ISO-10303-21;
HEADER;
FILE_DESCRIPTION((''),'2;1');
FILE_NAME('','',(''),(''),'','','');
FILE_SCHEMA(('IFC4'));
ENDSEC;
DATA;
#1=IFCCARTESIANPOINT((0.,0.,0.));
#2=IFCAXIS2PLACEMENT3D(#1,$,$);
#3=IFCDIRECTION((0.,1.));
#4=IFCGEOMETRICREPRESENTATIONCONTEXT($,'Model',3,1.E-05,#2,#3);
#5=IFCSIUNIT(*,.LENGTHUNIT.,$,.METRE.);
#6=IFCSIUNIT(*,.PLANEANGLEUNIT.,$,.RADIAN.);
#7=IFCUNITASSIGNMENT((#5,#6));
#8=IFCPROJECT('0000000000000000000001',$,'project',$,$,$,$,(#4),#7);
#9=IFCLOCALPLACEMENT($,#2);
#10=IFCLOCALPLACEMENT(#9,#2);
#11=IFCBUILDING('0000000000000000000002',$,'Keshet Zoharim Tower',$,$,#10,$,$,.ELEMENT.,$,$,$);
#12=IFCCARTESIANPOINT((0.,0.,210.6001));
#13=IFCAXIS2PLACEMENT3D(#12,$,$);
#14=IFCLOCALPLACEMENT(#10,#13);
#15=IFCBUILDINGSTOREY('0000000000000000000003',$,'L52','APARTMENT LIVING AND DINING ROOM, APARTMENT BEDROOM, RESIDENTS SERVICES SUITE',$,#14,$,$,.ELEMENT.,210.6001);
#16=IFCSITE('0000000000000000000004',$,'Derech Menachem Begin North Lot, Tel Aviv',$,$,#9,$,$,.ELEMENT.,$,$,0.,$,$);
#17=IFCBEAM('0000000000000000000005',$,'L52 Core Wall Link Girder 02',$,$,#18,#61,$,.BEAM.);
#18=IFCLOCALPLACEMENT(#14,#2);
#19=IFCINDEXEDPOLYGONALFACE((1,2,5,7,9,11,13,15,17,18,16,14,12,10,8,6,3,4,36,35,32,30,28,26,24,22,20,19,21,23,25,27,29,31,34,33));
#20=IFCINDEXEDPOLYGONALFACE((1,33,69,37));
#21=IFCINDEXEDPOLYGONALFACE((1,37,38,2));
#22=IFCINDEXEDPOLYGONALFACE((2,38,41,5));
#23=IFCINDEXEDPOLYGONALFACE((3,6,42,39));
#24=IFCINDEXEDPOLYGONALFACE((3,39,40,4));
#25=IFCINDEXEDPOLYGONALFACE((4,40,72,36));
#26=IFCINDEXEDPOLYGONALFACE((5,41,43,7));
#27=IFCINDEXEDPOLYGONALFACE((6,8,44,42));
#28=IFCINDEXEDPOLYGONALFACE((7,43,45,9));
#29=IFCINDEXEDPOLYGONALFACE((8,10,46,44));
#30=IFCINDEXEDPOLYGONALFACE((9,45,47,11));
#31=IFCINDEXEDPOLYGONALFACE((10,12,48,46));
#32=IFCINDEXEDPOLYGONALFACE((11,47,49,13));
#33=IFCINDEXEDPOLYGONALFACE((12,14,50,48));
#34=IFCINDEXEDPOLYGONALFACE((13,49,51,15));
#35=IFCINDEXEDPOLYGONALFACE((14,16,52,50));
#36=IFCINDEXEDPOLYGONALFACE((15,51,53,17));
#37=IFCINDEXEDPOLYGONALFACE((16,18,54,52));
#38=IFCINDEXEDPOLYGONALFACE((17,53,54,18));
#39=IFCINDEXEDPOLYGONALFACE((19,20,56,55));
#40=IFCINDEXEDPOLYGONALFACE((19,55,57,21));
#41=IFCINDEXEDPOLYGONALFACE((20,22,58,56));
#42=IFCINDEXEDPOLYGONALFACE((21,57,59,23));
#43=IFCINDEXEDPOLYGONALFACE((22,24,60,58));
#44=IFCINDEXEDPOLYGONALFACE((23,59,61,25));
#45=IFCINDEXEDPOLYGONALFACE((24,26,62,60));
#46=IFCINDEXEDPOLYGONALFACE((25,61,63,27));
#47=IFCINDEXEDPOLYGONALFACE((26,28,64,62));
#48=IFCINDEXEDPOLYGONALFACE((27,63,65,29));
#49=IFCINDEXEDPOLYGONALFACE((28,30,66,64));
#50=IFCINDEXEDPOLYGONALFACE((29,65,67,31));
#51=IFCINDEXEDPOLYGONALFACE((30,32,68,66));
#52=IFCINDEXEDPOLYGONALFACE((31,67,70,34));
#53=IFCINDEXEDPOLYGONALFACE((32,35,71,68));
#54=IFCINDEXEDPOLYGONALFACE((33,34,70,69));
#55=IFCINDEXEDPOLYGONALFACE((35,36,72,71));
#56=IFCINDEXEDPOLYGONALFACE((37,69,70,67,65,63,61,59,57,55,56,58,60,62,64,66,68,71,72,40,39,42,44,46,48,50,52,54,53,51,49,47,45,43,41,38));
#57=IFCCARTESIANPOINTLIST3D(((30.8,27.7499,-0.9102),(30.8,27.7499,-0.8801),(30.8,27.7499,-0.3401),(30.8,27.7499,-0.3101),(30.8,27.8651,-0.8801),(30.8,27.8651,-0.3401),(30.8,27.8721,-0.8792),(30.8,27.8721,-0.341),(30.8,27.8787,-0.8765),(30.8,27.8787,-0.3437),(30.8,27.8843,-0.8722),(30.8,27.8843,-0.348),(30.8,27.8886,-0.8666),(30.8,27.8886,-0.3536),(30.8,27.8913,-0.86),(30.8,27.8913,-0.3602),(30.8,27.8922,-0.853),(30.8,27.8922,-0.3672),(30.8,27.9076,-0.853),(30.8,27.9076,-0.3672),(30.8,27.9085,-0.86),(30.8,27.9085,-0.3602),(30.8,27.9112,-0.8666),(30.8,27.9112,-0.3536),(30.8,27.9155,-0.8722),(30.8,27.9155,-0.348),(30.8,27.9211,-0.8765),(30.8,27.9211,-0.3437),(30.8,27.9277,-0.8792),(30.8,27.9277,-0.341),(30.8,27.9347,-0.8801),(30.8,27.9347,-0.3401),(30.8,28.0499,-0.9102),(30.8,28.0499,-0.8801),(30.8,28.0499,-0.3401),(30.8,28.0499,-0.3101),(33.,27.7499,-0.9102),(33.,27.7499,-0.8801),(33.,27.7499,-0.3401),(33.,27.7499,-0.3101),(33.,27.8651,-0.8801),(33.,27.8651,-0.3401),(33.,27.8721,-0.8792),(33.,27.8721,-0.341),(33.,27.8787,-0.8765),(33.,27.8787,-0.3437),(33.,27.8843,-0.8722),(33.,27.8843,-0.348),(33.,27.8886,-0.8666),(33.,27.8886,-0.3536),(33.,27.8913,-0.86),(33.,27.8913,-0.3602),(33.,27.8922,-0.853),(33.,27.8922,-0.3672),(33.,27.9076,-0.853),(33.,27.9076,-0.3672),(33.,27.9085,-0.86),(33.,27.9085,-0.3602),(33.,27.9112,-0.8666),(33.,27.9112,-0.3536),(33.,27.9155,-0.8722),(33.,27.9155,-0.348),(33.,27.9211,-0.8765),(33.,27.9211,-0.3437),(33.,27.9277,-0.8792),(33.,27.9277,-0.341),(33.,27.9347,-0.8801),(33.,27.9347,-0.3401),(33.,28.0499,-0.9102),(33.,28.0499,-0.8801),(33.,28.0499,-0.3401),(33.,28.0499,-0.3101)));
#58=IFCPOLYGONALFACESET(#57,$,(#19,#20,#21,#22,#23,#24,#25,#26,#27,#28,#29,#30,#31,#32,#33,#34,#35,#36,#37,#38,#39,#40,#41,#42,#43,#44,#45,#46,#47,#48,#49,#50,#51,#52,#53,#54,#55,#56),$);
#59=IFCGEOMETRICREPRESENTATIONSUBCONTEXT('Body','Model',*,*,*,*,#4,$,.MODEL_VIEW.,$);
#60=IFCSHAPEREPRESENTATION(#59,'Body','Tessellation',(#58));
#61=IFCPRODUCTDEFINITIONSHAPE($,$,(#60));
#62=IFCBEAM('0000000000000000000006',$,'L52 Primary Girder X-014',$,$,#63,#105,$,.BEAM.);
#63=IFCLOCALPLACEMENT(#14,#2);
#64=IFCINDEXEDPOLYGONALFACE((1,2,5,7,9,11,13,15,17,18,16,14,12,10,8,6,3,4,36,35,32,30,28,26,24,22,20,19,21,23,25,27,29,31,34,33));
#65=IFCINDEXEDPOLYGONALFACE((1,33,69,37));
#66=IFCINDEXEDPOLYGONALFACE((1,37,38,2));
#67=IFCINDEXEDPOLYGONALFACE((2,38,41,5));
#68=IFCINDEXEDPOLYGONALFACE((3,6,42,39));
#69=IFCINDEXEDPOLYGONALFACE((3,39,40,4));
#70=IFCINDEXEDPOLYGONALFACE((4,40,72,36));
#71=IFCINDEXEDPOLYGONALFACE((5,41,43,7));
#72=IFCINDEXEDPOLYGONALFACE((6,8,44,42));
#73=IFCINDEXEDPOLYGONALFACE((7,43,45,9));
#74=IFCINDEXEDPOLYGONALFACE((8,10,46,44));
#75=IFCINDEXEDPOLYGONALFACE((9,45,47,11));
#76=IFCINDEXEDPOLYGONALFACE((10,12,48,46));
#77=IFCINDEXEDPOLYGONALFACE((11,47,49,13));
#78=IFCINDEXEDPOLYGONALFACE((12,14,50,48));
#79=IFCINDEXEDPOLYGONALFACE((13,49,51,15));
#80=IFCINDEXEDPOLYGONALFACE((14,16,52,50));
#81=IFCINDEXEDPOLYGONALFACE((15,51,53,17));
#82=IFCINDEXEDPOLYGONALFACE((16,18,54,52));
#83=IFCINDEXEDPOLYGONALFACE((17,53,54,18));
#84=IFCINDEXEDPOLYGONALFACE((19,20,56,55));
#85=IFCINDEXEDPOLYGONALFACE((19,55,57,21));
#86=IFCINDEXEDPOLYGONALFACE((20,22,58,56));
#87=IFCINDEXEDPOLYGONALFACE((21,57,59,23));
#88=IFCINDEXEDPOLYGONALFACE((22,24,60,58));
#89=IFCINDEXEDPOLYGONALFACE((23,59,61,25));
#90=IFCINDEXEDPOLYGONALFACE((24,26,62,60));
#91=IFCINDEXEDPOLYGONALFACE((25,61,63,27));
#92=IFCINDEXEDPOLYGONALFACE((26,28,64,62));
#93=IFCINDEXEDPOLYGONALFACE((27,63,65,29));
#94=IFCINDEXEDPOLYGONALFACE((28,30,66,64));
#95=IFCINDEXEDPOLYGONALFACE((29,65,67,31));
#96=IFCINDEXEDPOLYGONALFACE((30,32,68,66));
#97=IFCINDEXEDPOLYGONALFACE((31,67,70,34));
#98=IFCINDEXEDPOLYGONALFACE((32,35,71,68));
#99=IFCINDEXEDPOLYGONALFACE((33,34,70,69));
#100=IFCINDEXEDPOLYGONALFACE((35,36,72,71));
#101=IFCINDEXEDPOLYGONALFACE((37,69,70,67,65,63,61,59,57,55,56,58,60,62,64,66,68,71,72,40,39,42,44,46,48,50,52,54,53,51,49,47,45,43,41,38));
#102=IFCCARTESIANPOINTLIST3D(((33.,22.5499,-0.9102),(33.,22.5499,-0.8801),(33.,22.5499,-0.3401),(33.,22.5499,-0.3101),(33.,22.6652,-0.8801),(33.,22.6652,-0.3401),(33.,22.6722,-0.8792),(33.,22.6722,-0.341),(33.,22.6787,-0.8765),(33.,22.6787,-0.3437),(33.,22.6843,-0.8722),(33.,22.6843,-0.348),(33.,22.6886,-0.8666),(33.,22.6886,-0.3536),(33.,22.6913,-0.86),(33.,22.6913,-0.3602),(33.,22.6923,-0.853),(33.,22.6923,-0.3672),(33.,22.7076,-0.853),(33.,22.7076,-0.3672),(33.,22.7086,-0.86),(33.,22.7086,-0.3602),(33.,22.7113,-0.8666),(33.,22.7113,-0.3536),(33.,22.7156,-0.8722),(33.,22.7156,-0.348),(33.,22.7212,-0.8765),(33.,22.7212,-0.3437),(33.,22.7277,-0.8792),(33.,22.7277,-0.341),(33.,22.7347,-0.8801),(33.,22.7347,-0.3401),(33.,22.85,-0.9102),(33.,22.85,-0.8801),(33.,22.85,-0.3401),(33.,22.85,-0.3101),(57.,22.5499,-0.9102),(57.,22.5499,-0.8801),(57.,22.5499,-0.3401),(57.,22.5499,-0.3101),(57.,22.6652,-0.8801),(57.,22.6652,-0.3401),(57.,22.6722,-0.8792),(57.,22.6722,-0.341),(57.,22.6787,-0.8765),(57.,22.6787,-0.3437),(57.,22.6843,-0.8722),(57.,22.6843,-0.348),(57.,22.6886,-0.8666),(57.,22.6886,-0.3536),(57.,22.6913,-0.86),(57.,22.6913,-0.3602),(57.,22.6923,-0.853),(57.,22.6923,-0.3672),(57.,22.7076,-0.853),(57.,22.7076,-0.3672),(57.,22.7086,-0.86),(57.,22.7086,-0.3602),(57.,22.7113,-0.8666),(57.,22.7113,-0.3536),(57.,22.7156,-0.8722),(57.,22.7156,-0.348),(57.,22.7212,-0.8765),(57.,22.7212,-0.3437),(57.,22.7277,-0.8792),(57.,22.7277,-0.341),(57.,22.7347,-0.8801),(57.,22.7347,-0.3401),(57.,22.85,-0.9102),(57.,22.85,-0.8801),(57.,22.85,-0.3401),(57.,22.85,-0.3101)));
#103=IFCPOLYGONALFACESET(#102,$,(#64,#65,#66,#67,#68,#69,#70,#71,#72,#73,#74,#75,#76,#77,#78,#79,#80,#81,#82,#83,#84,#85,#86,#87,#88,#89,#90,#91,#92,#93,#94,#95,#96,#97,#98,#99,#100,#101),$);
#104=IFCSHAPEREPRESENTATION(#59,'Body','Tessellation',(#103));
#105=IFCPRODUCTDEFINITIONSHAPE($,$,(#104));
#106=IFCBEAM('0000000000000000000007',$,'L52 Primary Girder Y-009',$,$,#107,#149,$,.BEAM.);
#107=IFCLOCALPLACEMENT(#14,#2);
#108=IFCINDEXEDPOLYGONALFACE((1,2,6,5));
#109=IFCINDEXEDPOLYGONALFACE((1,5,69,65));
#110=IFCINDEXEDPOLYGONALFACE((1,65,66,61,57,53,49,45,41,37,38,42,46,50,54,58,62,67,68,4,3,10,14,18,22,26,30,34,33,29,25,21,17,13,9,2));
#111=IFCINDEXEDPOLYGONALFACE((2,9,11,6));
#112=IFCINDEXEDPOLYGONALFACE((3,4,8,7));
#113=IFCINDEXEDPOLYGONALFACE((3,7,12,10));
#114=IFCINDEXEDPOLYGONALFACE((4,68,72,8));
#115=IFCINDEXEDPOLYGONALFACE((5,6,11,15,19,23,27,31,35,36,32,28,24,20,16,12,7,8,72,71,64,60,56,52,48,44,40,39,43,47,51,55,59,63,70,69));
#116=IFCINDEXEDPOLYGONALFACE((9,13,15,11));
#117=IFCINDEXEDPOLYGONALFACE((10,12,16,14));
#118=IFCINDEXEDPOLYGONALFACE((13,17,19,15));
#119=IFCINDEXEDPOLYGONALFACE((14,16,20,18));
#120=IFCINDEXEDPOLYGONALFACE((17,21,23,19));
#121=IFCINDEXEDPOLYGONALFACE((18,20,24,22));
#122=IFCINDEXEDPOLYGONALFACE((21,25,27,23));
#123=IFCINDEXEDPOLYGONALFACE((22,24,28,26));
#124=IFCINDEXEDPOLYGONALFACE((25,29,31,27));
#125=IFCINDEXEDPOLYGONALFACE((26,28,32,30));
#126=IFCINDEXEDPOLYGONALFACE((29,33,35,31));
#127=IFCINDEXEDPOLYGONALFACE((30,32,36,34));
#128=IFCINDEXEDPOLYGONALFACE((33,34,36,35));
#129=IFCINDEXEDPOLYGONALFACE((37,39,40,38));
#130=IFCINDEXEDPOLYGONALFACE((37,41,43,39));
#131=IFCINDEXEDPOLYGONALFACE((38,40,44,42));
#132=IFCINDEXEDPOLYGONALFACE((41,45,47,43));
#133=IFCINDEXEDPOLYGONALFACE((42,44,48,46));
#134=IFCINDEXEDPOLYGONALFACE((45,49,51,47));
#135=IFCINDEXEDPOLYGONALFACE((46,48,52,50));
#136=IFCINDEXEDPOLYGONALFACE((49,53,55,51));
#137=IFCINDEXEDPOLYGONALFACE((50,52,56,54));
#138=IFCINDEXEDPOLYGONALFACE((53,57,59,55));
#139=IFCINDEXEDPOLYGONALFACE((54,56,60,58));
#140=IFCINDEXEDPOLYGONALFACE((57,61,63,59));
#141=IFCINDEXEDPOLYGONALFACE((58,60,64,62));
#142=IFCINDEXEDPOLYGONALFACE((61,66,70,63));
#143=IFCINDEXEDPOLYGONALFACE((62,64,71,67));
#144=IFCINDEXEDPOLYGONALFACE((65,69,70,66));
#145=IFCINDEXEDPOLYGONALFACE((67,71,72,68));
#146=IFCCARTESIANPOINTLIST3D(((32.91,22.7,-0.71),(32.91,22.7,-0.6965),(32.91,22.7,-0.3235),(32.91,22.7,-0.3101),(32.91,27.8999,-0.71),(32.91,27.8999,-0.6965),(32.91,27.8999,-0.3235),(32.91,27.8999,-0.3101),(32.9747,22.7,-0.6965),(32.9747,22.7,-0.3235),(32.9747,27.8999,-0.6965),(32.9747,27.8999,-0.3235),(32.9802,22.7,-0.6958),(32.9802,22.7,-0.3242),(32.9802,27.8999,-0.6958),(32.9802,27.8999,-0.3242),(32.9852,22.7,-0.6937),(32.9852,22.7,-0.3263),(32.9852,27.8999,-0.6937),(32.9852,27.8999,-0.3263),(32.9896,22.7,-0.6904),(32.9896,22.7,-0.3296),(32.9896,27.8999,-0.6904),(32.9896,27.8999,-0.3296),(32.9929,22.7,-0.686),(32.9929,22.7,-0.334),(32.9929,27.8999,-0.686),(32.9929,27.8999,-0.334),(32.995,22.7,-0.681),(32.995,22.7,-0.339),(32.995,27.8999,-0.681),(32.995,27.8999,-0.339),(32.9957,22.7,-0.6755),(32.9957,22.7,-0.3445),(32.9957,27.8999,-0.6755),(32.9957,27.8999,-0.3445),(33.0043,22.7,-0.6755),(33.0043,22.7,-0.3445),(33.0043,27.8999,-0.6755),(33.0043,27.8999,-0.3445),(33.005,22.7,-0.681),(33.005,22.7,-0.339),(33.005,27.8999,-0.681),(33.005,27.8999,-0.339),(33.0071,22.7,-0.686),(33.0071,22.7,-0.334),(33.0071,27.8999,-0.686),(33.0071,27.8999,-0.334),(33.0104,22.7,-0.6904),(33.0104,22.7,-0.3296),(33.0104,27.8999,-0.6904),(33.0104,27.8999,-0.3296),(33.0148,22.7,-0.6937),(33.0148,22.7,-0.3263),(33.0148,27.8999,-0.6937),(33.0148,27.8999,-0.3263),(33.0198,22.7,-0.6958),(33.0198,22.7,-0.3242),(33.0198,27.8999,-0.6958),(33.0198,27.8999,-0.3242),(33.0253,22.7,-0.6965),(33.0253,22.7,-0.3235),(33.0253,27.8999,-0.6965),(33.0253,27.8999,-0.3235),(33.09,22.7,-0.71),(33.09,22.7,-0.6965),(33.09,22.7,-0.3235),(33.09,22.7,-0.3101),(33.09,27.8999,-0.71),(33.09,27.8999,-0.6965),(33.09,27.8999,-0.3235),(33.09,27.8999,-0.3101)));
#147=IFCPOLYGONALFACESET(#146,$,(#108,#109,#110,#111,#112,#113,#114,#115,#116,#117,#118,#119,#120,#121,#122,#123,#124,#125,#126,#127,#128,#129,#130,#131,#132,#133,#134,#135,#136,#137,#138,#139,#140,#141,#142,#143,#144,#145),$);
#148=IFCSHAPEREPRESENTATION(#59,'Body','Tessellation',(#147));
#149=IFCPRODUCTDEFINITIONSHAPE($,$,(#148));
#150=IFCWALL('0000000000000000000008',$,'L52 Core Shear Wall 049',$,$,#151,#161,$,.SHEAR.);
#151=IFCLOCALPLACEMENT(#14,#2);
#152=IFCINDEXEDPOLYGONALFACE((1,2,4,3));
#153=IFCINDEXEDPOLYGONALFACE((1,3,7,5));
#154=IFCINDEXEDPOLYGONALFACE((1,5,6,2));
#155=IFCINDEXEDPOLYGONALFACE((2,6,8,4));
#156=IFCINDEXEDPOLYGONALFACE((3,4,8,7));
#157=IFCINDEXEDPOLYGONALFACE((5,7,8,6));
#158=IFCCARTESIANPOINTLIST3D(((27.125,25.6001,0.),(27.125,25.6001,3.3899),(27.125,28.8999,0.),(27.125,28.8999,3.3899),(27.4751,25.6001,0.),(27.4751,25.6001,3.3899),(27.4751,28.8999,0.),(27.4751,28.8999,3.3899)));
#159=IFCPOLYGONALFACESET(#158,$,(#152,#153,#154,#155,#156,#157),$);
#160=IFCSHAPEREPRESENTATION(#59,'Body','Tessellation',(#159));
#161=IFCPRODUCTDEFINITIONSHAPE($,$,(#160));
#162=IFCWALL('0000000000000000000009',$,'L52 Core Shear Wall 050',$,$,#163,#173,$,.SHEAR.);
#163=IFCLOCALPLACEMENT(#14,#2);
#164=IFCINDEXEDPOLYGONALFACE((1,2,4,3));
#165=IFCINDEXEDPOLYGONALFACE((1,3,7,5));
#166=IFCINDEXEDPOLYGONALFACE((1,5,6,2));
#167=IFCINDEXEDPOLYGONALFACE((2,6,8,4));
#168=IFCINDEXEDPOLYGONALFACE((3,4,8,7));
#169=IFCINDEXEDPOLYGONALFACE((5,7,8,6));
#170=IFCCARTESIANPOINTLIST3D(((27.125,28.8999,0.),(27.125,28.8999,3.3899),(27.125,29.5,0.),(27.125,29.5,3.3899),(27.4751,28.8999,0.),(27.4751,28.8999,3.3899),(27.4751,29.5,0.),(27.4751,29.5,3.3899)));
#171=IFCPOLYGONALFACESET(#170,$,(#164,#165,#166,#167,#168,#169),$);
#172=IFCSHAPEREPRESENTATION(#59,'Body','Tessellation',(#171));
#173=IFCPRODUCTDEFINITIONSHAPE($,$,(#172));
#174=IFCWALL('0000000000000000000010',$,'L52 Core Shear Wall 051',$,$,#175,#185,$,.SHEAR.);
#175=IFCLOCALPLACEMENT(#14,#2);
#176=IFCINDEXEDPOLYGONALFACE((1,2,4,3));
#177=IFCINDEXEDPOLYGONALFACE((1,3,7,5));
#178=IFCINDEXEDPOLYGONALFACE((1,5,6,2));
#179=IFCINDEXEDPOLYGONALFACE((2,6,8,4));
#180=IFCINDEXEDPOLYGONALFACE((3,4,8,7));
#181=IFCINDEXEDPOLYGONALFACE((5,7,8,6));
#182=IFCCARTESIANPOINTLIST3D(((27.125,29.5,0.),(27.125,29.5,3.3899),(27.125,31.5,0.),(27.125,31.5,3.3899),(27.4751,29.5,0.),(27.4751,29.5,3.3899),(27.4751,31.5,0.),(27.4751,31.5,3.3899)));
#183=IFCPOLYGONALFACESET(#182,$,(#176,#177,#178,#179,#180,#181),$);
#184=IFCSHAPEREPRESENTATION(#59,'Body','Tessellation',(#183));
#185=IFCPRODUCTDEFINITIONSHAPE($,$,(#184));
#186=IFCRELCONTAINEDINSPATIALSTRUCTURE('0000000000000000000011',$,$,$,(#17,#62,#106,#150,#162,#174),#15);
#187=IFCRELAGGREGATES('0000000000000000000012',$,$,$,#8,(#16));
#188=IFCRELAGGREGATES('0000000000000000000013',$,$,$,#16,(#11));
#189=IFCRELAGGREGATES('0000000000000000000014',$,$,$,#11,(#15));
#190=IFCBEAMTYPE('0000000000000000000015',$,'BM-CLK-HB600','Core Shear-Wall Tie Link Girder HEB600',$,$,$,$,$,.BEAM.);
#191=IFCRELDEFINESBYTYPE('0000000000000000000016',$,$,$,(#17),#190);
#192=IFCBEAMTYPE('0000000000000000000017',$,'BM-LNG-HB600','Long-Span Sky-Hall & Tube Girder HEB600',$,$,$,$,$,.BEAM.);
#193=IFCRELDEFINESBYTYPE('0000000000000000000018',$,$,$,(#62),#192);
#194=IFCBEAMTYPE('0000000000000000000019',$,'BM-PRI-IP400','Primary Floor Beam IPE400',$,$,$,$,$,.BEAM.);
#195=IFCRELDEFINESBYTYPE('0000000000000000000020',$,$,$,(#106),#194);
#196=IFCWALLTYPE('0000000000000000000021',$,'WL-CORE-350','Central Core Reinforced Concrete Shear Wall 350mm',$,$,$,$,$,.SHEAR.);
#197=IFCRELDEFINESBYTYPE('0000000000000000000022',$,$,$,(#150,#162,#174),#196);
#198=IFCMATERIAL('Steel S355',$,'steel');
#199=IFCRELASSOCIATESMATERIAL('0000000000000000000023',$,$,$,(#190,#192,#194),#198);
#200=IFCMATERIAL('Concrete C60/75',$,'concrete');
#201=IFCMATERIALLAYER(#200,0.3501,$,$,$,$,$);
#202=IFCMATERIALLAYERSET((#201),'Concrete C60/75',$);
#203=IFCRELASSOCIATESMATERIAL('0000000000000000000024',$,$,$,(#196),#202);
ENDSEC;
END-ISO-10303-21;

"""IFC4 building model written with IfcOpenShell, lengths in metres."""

from ifc_helpers import new_model, si_unit, direction, frame, frame_2d, origin, origin_2d, place, context, subcontext, project, spatial, rectangle, i_section, extrude, material, layer, layer_set, material_profile, profile_set, type_object, element, save


model = new_model("IFC4")

# Units and contexts
model_context = context("Model", 3, precision=1e-05, world=origin(), true_north=direction((0.0, 1.0)))
body_context = subcontext(model_context, "Body", "Model", "MODEL_VIEW")
ifc_project = project(units=[si_unit("LENGTHUNIT", "METRE"), si_unit("PLANEANGLEUNIT", "RADIAN")], contexts=[model_context])

# Site, building, storey
site_placement = place(None, origin())
site = spatial("IfcSite", under=ifc_project, at=site_placement, Name="Derech Menachem Begin North Lot, Tel Aviv", CompositionType="ELEMENT", RefElevation=0.0)
building_placement = place(site_placement, origin())
building = spatial("IfcBuilding", under=site, at=building_placement, Name="Keshet Zoharim Tower", CompositionType="ELEMENT")
storey_placement = place(building_placement, frame((0.0, 0.0, 210.6001)))
storey = spatial("IfcBuildingStorey", under=building, at=storey_placement, Name="L52", Description="APARTMENT LIVING AND DINING ROOM, APARTMENT BEDROOM, RESIDENTS SERVICES SUITE", CompositionType="ELEMENT", Elevation=210.6001)

# Beams
ifc_material_1 = material(Name="Steel S355", Category="steel")
ifc_material_profile_1 = material_profile(ifc_material_1, i_section(OverallWidth=0.3, OverallDepth=0.6001, WebThickness=0.0154, FlangeThickness=0.03, FilletRadius=0.0271, at=origin_2d()), Name="HEB600")
ifc_profile_set_1 = profile_set([ifc_material_profile_1], Name="Steel S355")
beam_type_1 = type_object("IfcBeamType", Name="BM-CLK-HB600", Description="Core Shear-Wall Tie Link Girder HEB600", PredefinedType="BEAM", material=ifc_profile_set_1)
beam_1_placement = place(storey_placement, frame((30.8, 27.8999, -0.6101), z_axis=(1.0, 0.0, 0.0), x_axis=(0.0, 1.0, 0.0)))
element("IfcBeam", 1, at=beam_1_placement, inside=storey, type_object=beam_type_1, Name="L52 Core Wall Link Girder 02", PredefinedType="BEAM", context=body_context, shape_type="SweptSolid", body=[
    extrude(i_section(OverallWidth=0.3, OverallDepth=0.6001, WebThickness=0.0154, FlangeThickness=0.03, FilletRadius=0.0271, at=origin_2d()), origin(), (0.0, 0.0, 1.0), 2.2),
])
ifc_material_profile_2 = material_profile(ifc_material_1, i_section(OverallWidth=0.3, OverallDepth=0.6001, WebThickness=0.0154, FlangeThickness=0.03, FilletRadius=0.0271, at=origin_2d()), Name="HEB600")
ifc_profile_set_2 = profile_set([ifc_material_profile_2], Name="Steel S355")
beam_type_2 = type_object("IfcBeamType", Name="BM-LNG-HB600", Description="Long-Span Sky-Hall & Tube Girder HEB600", PredefinedType="BEAM", material=ifc_profile_set_2)
beam_2_placement = place(storey_placement, frame((33.0, 22.7, -0.6101), z_axis=(1.0, 0.0, 0.0), x_axis=(0.0, 1.0, 0.0)))
element("IfcBeam", 2, at=beam_2_placement, inside=storey, type_object=beam_type_2, Name="L52 Primary Girder X-014", PredefinedType="BEAM", context=body_context, shape_type="SweptSolid", body=[
    extrude(i_section(OverallWidth=0.3, OverallDepth=0.6001, WebThickness=0.0154, FlangeThickness=0.03, FilletRadius=0.0271, at=origin_2d()), origin(), (0.0, 0.0, 1.0), 24.0),
])
ifc_material_profile_3 = material_profile(ifc_material_1, i_section(OverallWidth=0.1799, OverallDepth=0.3999, WebThickness=0.0085, FlangeThickness=0.0134, FilletRadius=0.021, at=origin_2d()), Name="IPE400")
ifc_profile_set_3 = profile_set([ifc_material_profile_3], Name="Steel S355")
beam_type_3 = type_object("IfcBeamType", Name="BM-PRI-IP400", Description="Primary Floor Beam IPE400", PredefinedType="BEAM", material=ifc_profile_set_3)
beam_3_placement = place(storey_placement, frame((33.0, 22.7, -0.51), z_axis=(0.0, 1.0, 0.0), x_axis=(-1.0, 0.0, 0.0)))
element("IfcBeam", 3, at=beam_3_placement, inside=storey, type_object=beam_type_3, Name="L52 Primary Girder Y-009", PredefinedType="BEAM", context=body_context, shape_type="SweptSolid", body=[
    extrude(i_section(OverallWidth=0.1799, OverallDepth=0.3999, WebThickness=0.0085, FlangeThickness=0.0134, FilletRadius=0.021, at=origin_2d()), origin(), (0.0, 0.0, 1.0), 5.2),
])

# Walls
ifc_material_2 = material(Name="Concrete C60/75", Category="concrete")
ifc_layer_1 = layer(ifc_material_2, 0.3501)
ifc_layer_set_1 = layer_set([ifc_layer_1], Name="Concrete C60/75")
wall_type_1 = type_object("IfcWallType", Name="WL-CORE-350", Description="Central Core Reinforced Concrete Shear Wall 350mm", PredefinedType="SHEAR", material=ifc_layer_set_1)
wall_1_placement = place(storey_placement, frame((27.3, 25.6001, 0.0), z_axis=(0.0, 0.0, 1.0), x_axis=(0.0, 1.0, 0.0)))
element("IfcWall", 4, at=wall_1_placement, inside=storey, type_object=wall_type_1, Name="L52 Core Shear Wall 049", PredefinedType="SHEAR", context=body_context, shape_type="SweptSolid", body=[
    extrude(rectangle(XDim=3.2998, YDim=0.3501, at=frame_2d((1.6499, 0.0))), origin(), (0.0, 0.0, 1.0), 3.3899),
])
wall_2_placement = place(storey_placement, frame((27.3, 28.8999, 0.0), z_axis=(0.0, 0.0, 1.0), x_axis=(0.0, 1.0, 0.0)))
element("IfcWall", 5, at=wall_2_placement, inside=storey, type_object=wall_type_1, Name="L52 Core Shear Wall 050", PredefinedType="SHEAR", context=body_context, shape_type="SweptSolid", body=[
    extrude(rectangle(XDim=0.6001, YDim=0.3501, at=frame_2d((0.3, 0.0))), origin(), (0.0, 0.0, 1.0), 3.3899),
])
wall_3_placement = place(storey_placement, frame((27.3, 29.5, 0.0), z_axis=(0.0, 0.0, 1.0), x_axis=(0.0, 1.0, 0.0)))
element("IfcWall", 6, at=wall_3_placement, inside=storey, type_object=wall_type_1, Name="L52 Core Shear Wall 051", PredefinedType="SHEAR", context=body_context, shape_type="SweptSolid", body=[
    extrude(rectangle(XDim=2.0, YDim=0.3501, at=frame_2d((1.0, 0.0))), origin(), (0.0, 0.0, 1.0), 3.3899),
])

save(model, "model.ifc")
